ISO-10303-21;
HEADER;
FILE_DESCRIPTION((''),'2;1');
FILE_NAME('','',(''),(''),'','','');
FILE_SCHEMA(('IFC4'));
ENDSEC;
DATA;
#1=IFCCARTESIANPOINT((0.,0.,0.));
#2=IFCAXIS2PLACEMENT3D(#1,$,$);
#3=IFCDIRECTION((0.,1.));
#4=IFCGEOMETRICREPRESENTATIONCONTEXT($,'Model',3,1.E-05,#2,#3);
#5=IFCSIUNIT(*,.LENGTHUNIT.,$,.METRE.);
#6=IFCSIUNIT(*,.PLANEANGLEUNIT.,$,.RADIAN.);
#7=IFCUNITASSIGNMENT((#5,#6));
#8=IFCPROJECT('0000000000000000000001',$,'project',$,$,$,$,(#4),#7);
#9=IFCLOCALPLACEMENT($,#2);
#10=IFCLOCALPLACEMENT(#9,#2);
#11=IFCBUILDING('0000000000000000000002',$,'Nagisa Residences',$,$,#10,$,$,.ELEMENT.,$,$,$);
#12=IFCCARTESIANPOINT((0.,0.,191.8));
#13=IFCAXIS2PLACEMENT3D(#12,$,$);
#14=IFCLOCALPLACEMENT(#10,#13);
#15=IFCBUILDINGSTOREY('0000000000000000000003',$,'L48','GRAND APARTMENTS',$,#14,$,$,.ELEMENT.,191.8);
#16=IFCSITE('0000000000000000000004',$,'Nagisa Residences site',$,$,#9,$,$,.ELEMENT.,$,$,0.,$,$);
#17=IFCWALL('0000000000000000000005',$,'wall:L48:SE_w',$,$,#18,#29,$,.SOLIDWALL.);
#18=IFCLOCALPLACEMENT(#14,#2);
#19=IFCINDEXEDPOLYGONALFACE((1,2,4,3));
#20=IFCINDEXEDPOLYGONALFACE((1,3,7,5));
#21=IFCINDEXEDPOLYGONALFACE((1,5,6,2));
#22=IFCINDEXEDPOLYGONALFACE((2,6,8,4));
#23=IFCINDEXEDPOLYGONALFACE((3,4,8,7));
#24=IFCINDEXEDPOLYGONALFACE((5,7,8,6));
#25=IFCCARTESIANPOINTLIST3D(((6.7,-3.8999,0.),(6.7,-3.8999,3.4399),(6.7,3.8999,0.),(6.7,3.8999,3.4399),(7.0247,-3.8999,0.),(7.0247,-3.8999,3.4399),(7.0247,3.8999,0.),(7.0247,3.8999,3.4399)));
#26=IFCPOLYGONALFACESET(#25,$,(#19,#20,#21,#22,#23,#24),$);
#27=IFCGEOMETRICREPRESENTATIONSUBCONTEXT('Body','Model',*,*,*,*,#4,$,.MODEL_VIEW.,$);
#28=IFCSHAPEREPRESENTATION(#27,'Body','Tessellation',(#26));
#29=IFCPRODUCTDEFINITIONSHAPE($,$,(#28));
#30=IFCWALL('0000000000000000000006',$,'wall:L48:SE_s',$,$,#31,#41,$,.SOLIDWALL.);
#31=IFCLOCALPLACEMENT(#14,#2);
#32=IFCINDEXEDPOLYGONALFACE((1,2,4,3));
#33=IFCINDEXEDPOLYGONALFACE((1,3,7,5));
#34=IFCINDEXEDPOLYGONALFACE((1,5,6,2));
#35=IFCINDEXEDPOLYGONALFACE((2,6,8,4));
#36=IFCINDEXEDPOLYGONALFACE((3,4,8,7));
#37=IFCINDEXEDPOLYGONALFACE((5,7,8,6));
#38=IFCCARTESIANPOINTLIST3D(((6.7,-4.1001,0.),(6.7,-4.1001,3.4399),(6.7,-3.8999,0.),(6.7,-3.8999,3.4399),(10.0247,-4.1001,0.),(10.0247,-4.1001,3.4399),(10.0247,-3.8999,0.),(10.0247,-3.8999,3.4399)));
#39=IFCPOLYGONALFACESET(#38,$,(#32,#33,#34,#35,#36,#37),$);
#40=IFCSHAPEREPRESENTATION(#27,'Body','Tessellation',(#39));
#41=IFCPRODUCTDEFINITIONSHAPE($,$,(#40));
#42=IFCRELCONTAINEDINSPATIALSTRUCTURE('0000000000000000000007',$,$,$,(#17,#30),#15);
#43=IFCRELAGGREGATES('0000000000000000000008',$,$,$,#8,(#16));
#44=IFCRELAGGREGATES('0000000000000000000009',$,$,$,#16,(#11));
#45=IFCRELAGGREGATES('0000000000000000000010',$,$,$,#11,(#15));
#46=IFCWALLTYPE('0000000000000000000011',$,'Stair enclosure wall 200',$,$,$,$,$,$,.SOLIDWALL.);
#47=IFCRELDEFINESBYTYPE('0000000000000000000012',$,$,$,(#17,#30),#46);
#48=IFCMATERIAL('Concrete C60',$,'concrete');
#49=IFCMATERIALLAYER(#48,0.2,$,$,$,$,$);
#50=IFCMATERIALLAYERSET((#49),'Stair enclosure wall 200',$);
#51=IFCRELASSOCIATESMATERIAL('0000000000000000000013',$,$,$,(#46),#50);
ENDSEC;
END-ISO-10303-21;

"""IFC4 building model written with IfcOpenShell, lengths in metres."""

from ifc_helpers import new_model, si_unit, direction, frame, origin, place, context, subcontext, project, spatial, polyline, outline, extrude, material, layer, layer_set, type_object, element, save


model = new_model("IFC4")

# Units and contexts
model_context = context("Model", 3, precision=1e-05, world=origin(), true_north=direction((0.0, 1.0)))
body_context = subcontext(model_context, "Body", "Model", "MODEL_VIEW")
ifc_project = project(units=[si_unit("LENGTHUNIT", "METRE"), si_unit("PLANEANGLEUNIT", "RADIAN")], contexts=[model_context])

# Site, building, storey
site_placement = place(None, origin())
site = spatial("IfcSite", under=ifc_project, at=site_placement, Name="Nagisa Residences site", CompositionType="ELEMENT", RefElevation=0.0)
building_placement = place(site_placement, origin())
building = spatial("IfcBuilding", under=site, at=building_placement, Name="Nagisa Residences", CompositionType="ELEMENT")
storey_placement = place(building_placement, frame((0.0, 0.0, 191.8)))
storey = spatial("IfcBuildingStorey", under=building, at=storey_placement, Name="L48", Description="GRAND APARTMENTS", CompositionType="ELEMENT", Elevation=191.8)

# Walls
ifc_material_1 = material(Name="Concrete C60", Category="concrete")
ifc_layer_1 = layer(ifc_material_1, 0.2)
ifc_layer_set_1 = layer_set([ifc_layer_1], Name="Stair enclosure wall 200")
wall_type_1 = type_object("IfcWallType", Name="Stair enclosure wall 200", PredefinedType="SOLIDWALL", material=ifc_layer_set_1)
wall_1_placement = place(storey_placement, origin())
element("IfcWall", 1, at=wall_1_placement, inside=storey, type_object=wall_type_1, Name="wall:L48:SE_w", PredefinedType="SOLIDWALL", context=body_context, shape_type="SweptSolid", body=[
    extrude(outline(polyline([(7.0247, -3.8999), (6.7, -3.8999), (6.7, 3.8999), (7.0247, 3.8999), (7.0247, -3.8999)])), origin(), (0.0, 0.0, 1.0), 3.4399),
])
wall_2_placement = place(storey_placement, origin())
element("IfcWall", 2, at=wall_2_placement, inside=storey, type_object=wall_type_1, Name="wall:L48:SE_s", PredefinedType="SOLIDWALL", context=body_context, shape_type="SweptSolid", body=[
    extrude(outline(polyline([(10.0247, -4.1001), (6.7, -4.1001), (6.7, -3.8999), (10.0247, -3.8999), (10.0247, -4.1001)])), origin(), (0.0, 0.0, 1.0), 3.4399),
])

save(model, "model.ifc")
